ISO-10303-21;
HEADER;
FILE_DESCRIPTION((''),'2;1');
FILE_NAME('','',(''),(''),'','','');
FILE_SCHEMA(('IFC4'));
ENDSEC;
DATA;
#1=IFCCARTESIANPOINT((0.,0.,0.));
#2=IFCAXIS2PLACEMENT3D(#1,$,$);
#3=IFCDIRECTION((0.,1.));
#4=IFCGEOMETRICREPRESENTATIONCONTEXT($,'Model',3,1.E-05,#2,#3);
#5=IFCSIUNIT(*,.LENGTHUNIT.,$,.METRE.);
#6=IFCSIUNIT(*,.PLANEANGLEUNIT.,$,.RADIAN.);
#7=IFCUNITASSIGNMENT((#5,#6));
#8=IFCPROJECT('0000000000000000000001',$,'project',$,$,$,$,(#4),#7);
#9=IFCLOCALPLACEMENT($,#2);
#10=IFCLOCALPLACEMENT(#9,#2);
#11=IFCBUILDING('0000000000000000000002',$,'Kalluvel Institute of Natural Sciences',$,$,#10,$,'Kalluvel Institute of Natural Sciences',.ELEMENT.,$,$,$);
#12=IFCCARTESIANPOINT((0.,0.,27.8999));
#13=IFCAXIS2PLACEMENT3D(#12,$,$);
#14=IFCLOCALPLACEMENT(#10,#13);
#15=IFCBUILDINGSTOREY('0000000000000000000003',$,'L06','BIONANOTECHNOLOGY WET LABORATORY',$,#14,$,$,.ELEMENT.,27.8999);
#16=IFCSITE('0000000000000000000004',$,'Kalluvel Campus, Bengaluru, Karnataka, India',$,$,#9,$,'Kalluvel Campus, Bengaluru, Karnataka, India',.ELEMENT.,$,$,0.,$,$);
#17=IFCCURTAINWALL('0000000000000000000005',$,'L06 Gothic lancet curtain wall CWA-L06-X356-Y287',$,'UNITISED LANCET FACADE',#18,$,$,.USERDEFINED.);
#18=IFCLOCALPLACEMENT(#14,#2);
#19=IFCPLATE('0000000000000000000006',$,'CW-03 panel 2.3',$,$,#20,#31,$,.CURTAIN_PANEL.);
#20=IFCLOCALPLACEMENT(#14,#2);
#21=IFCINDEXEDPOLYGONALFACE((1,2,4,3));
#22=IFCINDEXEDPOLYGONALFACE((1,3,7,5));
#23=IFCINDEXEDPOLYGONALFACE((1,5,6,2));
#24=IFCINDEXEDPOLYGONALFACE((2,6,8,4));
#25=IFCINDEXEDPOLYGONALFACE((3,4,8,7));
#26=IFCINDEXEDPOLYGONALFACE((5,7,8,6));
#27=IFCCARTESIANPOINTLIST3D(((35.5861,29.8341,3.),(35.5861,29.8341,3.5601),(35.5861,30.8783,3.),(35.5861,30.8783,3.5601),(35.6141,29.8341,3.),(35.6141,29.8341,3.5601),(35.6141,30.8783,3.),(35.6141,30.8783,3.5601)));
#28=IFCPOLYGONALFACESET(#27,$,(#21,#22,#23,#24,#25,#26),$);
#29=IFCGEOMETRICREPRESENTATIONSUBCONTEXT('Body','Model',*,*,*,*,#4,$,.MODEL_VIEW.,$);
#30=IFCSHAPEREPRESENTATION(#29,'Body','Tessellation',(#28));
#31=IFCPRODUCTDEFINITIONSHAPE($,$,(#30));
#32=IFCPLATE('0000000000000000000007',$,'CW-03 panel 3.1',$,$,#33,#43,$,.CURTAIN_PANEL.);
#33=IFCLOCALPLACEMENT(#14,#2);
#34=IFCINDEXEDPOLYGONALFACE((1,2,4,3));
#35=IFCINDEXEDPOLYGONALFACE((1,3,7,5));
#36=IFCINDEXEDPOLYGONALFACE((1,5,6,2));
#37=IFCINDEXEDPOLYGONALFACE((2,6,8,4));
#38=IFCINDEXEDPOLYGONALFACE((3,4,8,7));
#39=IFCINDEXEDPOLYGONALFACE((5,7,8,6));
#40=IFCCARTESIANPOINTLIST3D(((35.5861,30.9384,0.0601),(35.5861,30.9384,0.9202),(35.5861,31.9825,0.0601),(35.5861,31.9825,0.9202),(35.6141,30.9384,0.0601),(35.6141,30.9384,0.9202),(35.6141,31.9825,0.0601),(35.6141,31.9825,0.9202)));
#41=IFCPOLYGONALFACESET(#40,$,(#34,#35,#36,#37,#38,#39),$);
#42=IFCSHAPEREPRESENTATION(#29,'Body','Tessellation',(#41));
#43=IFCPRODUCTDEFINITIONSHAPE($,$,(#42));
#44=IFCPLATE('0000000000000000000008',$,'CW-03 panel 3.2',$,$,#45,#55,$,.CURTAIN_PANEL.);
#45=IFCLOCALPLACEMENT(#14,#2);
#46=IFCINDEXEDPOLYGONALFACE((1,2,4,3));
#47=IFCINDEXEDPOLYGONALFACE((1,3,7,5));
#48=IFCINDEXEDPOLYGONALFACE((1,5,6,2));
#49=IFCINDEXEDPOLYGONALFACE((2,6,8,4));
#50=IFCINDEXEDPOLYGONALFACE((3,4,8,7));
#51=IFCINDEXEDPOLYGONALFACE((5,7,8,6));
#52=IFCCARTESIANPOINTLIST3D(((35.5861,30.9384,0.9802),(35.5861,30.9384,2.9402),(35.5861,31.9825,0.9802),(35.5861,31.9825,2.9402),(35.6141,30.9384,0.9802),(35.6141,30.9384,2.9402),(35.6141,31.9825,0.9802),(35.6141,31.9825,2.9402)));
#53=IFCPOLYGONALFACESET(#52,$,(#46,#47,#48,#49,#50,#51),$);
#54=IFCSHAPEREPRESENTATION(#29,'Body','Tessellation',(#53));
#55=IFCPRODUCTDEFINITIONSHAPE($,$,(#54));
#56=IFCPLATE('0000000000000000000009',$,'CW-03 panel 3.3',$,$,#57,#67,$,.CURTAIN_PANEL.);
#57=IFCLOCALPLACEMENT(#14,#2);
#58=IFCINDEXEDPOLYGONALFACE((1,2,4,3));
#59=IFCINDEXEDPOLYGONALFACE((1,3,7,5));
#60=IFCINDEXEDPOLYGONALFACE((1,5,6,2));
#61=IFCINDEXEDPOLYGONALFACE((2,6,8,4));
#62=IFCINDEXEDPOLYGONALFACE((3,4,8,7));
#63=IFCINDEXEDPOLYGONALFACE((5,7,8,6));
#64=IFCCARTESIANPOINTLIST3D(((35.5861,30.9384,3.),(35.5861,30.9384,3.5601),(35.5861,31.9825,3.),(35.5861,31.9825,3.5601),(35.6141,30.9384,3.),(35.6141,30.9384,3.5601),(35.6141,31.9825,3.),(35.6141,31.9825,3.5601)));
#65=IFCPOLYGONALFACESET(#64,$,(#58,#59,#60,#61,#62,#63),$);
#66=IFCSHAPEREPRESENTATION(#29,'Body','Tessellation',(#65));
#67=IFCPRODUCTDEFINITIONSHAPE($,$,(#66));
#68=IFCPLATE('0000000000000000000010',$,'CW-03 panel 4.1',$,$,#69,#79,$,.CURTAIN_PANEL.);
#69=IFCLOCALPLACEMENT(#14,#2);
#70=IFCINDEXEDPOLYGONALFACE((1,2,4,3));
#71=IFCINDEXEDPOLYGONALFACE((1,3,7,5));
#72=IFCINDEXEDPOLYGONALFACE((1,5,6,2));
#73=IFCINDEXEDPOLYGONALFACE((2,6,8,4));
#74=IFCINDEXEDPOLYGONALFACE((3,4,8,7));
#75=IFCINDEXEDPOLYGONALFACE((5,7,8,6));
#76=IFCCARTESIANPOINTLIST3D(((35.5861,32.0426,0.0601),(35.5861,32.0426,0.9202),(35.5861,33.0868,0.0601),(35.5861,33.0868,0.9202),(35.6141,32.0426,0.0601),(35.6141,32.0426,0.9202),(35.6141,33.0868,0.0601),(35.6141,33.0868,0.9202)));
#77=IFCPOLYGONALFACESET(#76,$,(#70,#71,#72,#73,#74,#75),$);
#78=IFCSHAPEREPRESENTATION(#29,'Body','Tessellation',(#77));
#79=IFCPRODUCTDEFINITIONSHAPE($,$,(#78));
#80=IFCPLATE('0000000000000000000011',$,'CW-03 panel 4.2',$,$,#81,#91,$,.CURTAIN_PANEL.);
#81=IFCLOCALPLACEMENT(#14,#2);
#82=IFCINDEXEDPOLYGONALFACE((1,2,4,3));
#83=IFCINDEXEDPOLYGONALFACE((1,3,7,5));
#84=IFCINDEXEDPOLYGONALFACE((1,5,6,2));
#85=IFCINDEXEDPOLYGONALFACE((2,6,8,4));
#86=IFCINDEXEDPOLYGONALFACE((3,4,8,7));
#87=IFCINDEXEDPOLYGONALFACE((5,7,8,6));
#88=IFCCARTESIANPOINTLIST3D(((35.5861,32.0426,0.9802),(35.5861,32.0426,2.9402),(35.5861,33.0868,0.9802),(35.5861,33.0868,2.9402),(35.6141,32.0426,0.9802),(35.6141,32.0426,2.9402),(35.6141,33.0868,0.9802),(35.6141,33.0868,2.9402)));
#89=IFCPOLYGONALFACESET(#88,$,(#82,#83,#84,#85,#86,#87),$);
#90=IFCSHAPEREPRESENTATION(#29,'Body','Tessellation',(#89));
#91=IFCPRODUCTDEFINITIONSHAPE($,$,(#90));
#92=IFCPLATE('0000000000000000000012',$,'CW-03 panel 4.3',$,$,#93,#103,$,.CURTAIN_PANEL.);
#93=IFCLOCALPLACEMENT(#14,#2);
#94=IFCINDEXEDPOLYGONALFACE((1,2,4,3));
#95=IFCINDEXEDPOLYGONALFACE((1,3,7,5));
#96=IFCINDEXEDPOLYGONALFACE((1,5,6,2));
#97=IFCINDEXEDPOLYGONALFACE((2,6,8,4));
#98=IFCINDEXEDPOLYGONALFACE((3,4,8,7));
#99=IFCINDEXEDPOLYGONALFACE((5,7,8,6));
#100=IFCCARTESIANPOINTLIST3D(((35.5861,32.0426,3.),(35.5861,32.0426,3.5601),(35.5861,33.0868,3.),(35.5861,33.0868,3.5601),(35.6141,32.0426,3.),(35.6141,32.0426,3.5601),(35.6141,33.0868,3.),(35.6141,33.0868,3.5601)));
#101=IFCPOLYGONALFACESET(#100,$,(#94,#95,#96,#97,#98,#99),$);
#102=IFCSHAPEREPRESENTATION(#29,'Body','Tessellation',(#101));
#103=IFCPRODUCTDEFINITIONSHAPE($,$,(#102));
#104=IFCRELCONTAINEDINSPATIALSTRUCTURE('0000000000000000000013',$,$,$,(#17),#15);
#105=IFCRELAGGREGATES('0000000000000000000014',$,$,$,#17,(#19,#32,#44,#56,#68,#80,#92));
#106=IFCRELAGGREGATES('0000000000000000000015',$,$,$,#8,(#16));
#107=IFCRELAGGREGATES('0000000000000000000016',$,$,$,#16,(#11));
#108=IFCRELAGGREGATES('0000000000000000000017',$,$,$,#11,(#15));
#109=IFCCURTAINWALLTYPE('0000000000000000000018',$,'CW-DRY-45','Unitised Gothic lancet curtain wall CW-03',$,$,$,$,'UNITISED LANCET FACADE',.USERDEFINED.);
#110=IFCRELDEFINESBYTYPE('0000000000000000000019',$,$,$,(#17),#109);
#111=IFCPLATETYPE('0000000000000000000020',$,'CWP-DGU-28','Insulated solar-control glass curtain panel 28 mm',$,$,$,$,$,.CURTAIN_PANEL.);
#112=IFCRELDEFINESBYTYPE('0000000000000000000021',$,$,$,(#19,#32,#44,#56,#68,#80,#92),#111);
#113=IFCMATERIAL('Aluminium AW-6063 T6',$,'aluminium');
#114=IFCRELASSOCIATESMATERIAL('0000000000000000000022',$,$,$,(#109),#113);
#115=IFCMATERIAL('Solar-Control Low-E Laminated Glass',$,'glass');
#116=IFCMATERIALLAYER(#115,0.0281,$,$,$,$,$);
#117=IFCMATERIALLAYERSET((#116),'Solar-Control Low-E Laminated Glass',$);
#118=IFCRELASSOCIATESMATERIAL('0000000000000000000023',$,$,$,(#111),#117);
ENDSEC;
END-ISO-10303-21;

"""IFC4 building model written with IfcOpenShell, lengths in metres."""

from ifc_helpers import new_model, si_unit, direction, frame, origin, origin_2d, place, context, subcontext, project, spatial, rectangle, extrude, material, layer, layer_set, type_object, element, aggregate, save


model = new_model("IFC4")

# Units and contexts
model_context = context("Model", 3, precision=1e-05, world=origin(), true_north=direction((0.0, 1.0)))
body_context = subcontext(model_context, "Body", "Model", "MODEL_VIEW")
ifc_project = project(units=[si_unit("LENGTHUNIT", "METRE"), si_unit("PLANEANGLEUNIT", "RADIAN")], contexts=[model_context])

# Site, building, storey
site_placement = place(None, origin())
site = spatial("IfcSite", under=ifc_project, at=site_placement, Name="Kalluvel Campus, Bengaluru, Karnataka, India", LongName="Kalluvel Campus, Bengaluru, Karnataka, India", CompositionType="ELEMENT", RefElevation=0.0)
building_placement = place(site_placement, origin())
building = spatial("IfcBuilding", under=site, at=building_placement, Name="Kalluvel Institute of Natural Sciences", LongName="Kalluvel Institute of Natural Sciences", CompositionType="ELEMENT")
storey_placement = place(building_placement, frame((0.0, 0.0, 27.8999)))
storey = spatial("IfcBuildingStorey", under=building, at=storey_placement, Name="L06", Description="BIONANOTECHNOLOGY WET LABORATORY", CompositionType="ELEMENT", Elevation=27.8999)

# Curtain wall, plates
ifc_material_1 = material(Name="Aluminium AW-6063 T6", Category="aluminium")
curtain_wall_type = type_object("IfcCurtainWallType", Name="CW-DRY-45", Description="Unitised Gothic lancet curtain wall CW-03", ElementType="UNITISED LANCET FACADE", PredefinedType="USERDEFINED", material=ifc_material_1)
curtain_wall_placement = place(storey_placement, origin())
curtain_wall = element("IfcCurtainWall", 1, at=curtain_wall_placement, inside=storey, type_object=curtain_wall_type, Name="L06 Gothic lancet curtain wall CWA-L06-X356-Y287", ObjectType="UNITISED LANCET FACADE", PredefinedType="USERDEFINED")
ifc_material_2 = material(Name="Solar-Control Low-E Laminated Glass", Category="glass")
ifc_layer = layer(ifc_material_2, 0.0281)
ifc_layer_set = layer_set([ifc_layer], Name="Solar-Control Low-E Laminated Glass")
plate_type = type_object("IfcPlateType", Name="CWP-DGU-28", Description="Insulated solar-control glass curtain panel 28 mm", PredefinedType="CURTAIN_PANEL", material=ifc_layer_set)
plate_1_placement = place(storey_placement, frame((35.6001, 30.3562, 3.0), z_axis=(0.0, 0.0, 1.0), x_axis=(0.0, 1.0, 0.0)))
plate_1 = element("IfcPlate", 2, at=plate_1_placement, type_object=plate_type, Name="CW-03 panel 2.3", PredefinedType="CURTAIN_PANEL", context=body_context, shape_type="SweptSolid", body=[
    extrude(rectangle(XDim=1.0442, YDim=0.0281, at=origin_2d()), origin(), (0.0, 0.0, 1.0), 0.5601),
])
plate_2_placement = place(storey_placement, frame((35.6001, 31.4604, 0.0601), z_axis=(0.0, 0.0, 1.0), x_axis=(0.0, 1.0, 0.0)))
plate_2 = element("IfcPlate", 3, at=plate_2_placement, type_object=plate_type, Name="CW-03 panel 3.1", PredefinedType="CURTAIN_PANEL", context=body_context, shape_type="SweptSolid", body=[
    extrude(rectangle(XDim=1.0442, YDim=0.0281, at=origin_2d()), origin(), (0.0, 0.0, 1.0), 0.8601),
])
plate_3_placement = place(storey_placement, frame((35.6001, 31.4604, 0.9802), z_axis=(0.0, 0.0, 1.0), x_axis=(0.0, 1.0, 0.0)))
plate_3 = element("IfcPlate", 4, at=plate_3_placement, type_object=plate_type, Name="CW-03 panel 3.2", PredefinedType="CURTAIN_PANEL", context=body_context, shape_type="SweptSolid", body=[
    extrude(rectangle(XDim=1.0442, YDim=0.0281, at=origin_2d()), origin(), (0.0, 0.0, 1.0), 1.96),
])
plate_4_placement = place(storey_placement, frame((35.6001, 31.4604, 3.0), z_axis=(0.0, 0.0, 1.0), x_axis=(0.0, 1.0, 0.0)))
plate_4 = element("IfcPlate", 5, at=plate_4_placement, type_object=plate_type, Name="CW-03 panel 3.3", PredefinedType="CURTAIN_PANEL", context=body_context, shape_type="SweptSolid", body=[
    extrude(rectangle(XDim=1.0442, YDim=0.0281, at=origin_2d()), origin(), (0.0, 0.0, 1.0), 0.5601),
])
plate_5_placement = place(storey_placement, frame((35.6001, 32.5647, 0.0601), z_axis=(0.0, 0.0, 1.0), x_axis=(0.0, 1.0, 0.0)))
plate_5 = element("IfcPlate", 6, at=plate_5_placement, type_object=plate_type, Name="CW-03 panel 4.1", PredefinedType="CURTAIN_PANEL", context=body_context, shape_type="SweptSolid", body=[
    extrude(rectangle(XDim=1.0442, YDim=0.0281, at=origin_2d()), origin(), (0.0, 0.0, 1.0), 0.8601),
])
plate_6_placement = place(storey_placement, frame((35.6001, 32.5647, 0.9802), z_axis=(0.0, 0.0, 1.0), x_axis=(0.0, 1.0, 0.0)))
plate_6 = element("IfcPlate", 7, at=plate_6_placement, type_object=plate_type, Name="CW-03 panel 4.2", PredefinedType="CURTAIN_PANEL", context=body_context, shape_type="SweptSolid", body=[
    extrude(rectangle(XDim=1.0442, YDim=0.0281, at=origin_2d()), origin(), (0.0, 0.0, 1.0), 1.96),
])
plate_7_placement = place(storey_placement, frame((35.6001, 32.5647, 3.0), z_axis=(0.0, 0.0, 1.0), x_axis=(0.0, 1.0, 0.0)))
plate_7 = element("IfcPlate", 8, at=plate_7_placement, type_object=plate_type, Name="CW-03 panel 4.3", PredefinedType="CURTAIN_PANEL", context=body_context, shape_type="SweptSolid", body=[
    extrude(rectangle(XDim=1.0442, YDim=0.0281, at=origin_2d()), origin(), (0.0, 0.0, 1.0), 0.5601),
])
aggregate(curtain_wall, [plate_1, plate_2, plate_3, plate_4, plate_5, plate_6, plate_7])

save(model, "model.ifc")
